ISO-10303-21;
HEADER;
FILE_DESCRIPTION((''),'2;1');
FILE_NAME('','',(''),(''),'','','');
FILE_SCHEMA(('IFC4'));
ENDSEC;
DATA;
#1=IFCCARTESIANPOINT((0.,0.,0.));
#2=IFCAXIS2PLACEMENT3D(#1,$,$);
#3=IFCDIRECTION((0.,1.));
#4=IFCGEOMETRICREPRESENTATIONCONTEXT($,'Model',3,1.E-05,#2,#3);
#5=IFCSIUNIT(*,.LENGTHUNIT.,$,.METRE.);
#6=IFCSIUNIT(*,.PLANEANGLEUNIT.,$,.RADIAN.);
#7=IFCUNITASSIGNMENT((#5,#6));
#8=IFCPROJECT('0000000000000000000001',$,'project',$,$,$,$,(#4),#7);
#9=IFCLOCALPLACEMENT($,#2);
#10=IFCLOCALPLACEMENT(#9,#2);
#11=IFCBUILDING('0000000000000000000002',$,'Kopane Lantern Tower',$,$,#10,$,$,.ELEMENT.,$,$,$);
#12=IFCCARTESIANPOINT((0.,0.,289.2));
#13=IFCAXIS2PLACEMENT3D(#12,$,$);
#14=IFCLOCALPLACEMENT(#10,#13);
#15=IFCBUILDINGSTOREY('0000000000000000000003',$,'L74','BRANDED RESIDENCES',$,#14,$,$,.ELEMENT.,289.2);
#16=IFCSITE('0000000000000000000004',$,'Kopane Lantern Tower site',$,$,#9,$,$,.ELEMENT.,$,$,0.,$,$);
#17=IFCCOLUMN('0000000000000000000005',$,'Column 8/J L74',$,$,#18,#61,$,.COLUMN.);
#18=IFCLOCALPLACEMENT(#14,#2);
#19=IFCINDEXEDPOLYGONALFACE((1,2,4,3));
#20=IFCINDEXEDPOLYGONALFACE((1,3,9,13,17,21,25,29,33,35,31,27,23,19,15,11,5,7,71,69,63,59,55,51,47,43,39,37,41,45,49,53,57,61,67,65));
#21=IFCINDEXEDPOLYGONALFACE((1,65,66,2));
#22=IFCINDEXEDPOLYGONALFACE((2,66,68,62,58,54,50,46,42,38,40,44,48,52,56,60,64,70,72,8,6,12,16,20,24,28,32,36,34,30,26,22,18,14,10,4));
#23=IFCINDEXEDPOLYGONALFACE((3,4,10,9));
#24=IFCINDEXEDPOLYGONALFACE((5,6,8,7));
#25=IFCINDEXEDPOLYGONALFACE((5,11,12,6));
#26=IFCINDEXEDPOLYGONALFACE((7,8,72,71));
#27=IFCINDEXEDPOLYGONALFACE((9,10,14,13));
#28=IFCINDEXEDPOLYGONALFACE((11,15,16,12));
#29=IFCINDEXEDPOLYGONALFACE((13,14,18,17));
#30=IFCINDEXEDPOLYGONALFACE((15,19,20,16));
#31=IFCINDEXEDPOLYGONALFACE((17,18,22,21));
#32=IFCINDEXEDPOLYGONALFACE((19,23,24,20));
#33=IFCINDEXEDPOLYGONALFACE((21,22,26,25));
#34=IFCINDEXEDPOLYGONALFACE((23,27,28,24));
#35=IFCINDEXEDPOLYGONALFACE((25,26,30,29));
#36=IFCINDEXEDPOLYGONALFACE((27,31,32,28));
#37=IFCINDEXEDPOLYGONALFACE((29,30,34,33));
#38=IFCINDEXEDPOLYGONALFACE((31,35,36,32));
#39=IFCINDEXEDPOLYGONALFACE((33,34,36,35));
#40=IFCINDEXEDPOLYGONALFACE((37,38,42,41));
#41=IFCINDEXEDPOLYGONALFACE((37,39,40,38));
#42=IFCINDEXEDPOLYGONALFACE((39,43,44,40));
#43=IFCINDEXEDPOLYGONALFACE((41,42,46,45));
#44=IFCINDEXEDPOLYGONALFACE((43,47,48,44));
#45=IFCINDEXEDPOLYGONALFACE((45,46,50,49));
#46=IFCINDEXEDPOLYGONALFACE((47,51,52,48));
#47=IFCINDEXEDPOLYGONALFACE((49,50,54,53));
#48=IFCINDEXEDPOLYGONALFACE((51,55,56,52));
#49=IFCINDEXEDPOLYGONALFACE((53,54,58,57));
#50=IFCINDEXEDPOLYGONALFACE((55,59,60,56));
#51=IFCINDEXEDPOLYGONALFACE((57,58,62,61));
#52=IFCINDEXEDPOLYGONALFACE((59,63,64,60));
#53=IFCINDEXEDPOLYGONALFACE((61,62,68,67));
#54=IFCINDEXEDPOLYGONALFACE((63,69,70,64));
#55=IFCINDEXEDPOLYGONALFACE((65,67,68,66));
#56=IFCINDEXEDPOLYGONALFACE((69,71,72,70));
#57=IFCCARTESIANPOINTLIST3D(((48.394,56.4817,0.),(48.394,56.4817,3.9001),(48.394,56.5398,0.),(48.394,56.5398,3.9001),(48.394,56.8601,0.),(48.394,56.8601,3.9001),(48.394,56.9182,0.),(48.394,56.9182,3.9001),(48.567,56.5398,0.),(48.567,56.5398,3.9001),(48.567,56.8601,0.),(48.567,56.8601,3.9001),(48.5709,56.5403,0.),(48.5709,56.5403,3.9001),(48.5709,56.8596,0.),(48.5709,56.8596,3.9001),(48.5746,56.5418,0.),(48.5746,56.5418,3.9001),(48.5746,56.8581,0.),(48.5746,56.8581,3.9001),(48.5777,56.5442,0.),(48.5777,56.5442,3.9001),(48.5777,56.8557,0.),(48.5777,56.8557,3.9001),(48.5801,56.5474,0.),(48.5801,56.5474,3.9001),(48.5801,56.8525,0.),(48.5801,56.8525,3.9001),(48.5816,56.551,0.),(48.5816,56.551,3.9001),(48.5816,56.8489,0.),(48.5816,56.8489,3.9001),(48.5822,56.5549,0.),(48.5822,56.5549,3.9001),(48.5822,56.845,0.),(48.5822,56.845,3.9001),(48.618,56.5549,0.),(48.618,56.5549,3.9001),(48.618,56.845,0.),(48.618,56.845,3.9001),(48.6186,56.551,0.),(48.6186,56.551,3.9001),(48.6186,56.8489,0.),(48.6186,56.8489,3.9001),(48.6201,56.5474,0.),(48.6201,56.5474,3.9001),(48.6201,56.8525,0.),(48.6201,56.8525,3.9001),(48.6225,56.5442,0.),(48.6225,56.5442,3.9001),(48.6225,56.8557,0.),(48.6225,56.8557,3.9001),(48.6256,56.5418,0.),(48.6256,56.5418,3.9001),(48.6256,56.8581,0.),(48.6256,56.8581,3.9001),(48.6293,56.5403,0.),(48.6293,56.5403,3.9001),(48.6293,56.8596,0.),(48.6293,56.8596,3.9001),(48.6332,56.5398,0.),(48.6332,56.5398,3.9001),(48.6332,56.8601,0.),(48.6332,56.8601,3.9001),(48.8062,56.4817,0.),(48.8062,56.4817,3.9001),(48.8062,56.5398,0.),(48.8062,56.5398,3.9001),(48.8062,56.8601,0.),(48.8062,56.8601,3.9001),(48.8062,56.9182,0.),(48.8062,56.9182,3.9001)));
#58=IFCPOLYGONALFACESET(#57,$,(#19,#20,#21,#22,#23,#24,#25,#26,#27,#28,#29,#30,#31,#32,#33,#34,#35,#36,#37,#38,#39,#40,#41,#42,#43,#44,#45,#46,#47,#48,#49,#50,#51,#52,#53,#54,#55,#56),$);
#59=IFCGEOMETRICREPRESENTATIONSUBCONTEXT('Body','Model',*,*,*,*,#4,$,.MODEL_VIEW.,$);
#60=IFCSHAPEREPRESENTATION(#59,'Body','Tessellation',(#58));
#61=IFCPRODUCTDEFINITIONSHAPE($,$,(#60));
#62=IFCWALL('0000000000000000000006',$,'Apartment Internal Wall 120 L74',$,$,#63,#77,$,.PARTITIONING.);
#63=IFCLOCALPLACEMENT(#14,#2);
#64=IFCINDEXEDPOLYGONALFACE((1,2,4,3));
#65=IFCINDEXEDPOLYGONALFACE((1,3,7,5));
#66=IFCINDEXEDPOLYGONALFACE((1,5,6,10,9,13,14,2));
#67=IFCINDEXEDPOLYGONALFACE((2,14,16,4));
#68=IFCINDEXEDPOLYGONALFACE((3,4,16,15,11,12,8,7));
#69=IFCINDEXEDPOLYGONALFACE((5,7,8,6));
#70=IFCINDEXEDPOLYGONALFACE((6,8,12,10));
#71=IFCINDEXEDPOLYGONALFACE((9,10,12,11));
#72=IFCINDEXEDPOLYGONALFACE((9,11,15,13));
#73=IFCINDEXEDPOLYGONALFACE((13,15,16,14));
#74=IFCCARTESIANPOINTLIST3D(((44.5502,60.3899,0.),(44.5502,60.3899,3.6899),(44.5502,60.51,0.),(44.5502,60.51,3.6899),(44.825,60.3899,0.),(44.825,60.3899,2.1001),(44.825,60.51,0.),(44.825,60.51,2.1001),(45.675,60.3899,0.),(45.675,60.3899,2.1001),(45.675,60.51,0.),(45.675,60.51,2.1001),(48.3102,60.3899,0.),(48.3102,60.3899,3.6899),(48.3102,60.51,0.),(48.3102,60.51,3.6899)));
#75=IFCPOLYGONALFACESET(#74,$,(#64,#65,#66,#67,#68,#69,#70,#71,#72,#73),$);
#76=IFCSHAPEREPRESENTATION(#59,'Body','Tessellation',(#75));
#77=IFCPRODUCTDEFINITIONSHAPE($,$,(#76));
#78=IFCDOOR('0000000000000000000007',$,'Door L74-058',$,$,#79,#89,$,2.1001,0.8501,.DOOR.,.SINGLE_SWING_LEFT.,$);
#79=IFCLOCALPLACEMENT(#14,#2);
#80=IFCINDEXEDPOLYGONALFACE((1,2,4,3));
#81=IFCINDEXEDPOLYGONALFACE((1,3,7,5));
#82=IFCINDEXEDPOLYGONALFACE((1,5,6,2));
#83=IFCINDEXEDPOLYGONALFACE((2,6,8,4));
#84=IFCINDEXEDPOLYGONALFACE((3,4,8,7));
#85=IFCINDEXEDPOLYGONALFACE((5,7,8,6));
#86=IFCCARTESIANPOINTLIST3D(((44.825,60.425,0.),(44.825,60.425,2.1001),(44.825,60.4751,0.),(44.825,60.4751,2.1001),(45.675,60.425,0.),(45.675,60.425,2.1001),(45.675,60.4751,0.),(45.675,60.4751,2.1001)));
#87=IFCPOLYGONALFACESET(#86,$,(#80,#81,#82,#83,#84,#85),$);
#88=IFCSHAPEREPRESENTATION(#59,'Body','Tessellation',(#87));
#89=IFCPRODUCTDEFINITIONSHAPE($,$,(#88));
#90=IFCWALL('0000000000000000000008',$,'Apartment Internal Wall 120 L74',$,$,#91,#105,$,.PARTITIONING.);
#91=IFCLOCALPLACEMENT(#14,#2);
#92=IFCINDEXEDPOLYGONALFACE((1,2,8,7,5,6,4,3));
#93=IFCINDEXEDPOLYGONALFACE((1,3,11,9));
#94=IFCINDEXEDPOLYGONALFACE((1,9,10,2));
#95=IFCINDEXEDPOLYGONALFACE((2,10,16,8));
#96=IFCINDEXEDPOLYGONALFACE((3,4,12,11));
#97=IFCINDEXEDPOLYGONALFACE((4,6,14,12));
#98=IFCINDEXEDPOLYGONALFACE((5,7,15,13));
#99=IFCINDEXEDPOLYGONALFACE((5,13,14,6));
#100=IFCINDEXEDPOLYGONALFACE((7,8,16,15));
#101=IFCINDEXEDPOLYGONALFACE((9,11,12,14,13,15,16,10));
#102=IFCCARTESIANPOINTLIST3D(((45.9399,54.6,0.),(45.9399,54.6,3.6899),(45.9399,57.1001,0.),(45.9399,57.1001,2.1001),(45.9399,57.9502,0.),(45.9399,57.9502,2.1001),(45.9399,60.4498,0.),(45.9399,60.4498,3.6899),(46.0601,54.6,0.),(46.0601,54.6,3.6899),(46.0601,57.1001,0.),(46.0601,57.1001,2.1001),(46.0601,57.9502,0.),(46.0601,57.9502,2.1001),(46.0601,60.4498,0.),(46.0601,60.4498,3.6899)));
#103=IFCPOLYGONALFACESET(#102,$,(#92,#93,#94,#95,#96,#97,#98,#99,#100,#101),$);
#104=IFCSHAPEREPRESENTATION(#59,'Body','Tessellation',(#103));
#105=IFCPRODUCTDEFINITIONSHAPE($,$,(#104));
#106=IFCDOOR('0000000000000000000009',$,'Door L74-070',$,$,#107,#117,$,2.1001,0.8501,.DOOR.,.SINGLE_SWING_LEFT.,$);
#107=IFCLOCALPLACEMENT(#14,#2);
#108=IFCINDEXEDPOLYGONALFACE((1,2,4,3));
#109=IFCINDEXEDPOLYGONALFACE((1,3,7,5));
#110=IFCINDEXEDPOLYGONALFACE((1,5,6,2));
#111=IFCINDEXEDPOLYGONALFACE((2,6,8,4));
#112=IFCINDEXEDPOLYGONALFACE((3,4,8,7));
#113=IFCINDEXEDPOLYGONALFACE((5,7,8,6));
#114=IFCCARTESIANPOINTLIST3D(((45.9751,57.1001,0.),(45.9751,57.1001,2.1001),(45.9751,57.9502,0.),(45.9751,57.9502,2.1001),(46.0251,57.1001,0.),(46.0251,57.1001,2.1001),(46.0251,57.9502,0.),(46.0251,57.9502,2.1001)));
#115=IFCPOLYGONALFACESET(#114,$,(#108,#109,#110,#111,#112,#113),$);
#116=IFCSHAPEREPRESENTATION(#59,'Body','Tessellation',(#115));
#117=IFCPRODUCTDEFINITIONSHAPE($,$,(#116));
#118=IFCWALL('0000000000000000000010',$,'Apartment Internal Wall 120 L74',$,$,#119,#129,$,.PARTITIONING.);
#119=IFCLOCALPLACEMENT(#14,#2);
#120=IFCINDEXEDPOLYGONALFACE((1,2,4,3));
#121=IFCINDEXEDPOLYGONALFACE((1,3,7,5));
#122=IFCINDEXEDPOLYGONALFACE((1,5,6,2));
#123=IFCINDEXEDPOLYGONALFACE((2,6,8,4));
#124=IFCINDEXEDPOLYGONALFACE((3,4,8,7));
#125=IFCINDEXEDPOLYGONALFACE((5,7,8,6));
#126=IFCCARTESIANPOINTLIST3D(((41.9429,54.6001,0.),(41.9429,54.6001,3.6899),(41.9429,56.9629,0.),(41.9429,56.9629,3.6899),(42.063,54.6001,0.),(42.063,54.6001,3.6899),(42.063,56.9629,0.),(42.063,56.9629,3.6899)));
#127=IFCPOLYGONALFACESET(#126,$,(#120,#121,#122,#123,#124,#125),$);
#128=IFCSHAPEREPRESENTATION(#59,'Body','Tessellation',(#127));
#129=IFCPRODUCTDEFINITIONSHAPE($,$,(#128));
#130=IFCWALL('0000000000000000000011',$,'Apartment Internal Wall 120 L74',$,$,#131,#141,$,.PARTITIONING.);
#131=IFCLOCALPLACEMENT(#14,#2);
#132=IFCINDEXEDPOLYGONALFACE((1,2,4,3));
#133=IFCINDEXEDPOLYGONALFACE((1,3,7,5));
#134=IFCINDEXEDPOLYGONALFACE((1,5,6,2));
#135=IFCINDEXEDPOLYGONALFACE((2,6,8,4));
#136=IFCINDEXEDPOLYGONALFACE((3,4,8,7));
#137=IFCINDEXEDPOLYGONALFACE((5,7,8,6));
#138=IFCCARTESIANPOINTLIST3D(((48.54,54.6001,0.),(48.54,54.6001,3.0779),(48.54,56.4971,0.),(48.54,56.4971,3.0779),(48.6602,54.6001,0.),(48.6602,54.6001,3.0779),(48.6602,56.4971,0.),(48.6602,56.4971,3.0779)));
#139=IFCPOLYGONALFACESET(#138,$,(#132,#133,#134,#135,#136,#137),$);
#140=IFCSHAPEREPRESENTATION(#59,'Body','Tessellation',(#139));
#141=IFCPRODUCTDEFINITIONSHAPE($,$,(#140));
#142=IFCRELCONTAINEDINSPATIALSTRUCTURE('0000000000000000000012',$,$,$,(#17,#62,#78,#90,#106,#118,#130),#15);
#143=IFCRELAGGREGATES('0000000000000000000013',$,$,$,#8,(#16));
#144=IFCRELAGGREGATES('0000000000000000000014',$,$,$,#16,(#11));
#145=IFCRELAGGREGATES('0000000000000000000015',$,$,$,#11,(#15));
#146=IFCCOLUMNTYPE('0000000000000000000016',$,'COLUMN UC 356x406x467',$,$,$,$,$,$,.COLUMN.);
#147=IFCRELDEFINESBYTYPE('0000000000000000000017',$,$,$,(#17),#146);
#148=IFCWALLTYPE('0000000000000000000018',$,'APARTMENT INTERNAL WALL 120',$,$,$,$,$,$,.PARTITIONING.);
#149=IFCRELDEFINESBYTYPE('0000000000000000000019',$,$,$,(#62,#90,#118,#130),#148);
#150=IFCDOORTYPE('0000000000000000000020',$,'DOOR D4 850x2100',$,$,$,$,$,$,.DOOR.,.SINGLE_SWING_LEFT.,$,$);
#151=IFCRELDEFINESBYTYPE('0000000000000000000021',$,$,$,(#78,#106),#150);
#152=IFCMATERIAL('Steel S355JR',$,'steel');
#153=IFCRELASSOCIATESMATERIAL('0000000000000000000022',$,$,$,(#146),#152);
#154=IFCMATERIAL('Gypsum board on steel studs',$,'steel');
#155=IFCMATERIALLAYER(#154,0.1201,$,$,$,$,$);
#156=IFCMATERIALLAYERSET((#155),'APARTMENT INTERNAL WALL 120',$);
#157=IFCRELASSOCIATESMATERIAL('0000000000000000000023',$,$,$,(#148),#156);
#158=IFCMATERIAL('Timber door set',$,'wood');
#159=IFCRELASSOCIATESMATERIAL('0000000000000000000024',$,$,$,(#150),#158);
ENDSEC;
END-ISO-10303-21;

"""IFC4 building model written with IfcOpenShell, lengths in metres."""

from ifc_helpers import new_model, si_unit, direction, frame, frame_2d, origin, origin_2d, place, context, subcontext, project, spatial, rectangle, i_section, extrude, material, layer, layer_set, material_profile, profile_set, type_object, element, fill, save


model = new_model("IFC4")

# Units and contexts
model_context = context("Model", 3, precision=1e-05, world=origin(), true_north=direction((0.0, 1.0)))
body_context = subcontext(model_context, "Body", "Model", "MODEL_VIEW")
ifc_project = project(units=[si_unit("LENGTHUNIT", "METRE"), si_unit("PLANEANGLEUNIT", "RADIAN")], contexts=[model_context])

# Site, building, storey
site_placement = place(None, origin())
site = spatial("IfcSite", under=ifc_project, at=site_placement, Name="Kopane Lantern Tower site", CompositionType="ELEMENT", RefElevation=0.0)
building_placement = place(site_placement, origin())
building = spatial("IfcBuilding", under=site, at=building_placement, Name="Kopane Lantern Tower", CompositionType="ELEMENT")
storey_placement = place(building_placement, frame((0.0, 0.0, 289.2)))
storey = spatial("IfcBuildingStorey", under=building, at=storey_placement, Name="L74", Description="BRANDED RESIDENCES", CompositionType="ELEMENT", Elevation=289.2)

# Column
ifc_material_1 = material(Name="Steel S355JR", Category="steel")
ifc_material_profile = material_profile(ifc_material_1, i_section(OverallWidth=0.4121, OverallDepth=0.4365, WebThickness=0.0359, FlangeThickness=0.0581, FilletRadius=0.0151, at=origin_2d()), Name="UC 356x406x467")
ifc_profile_set = profile_set([ifc_material_profile], Name="Steel S355JR")
column_type = type_object("IfcColumnType", Name="COLUMN UC 356x406x467", PredefinedType="COLUMN", material=ifc_profile_set)
column_placement = place(storey_placement, frame((48.6001, 56.7, 0.0), z_axis=(0.0, 0.0, 1.0), x_axis=(1.0, 0.0, 0.0)))
element("IfcColumn", 1, at=column_placement, inside=storey, type_object=column_type, Name="Column 8/J L74", PredefinedType="COLUMN", context=body_context, shape_type="SweptSolid", body=[
    extrude(i_section(OverallWidth=0.4121, OverallDepth=0.4365, WebThickness=0.0359, FlangeThickness=0.0581, FilletRadius=0.0151, at=origin_2d()), origin(), (0.0, 0.0, 1.0), 3.9001),
])

# Walls, openings, doors
ifc_material_2 = material(Name="Gypsum board on steel studs", Category="steel")
ifc_layer = layer(ifc_material_2, 0.1201)
ifc_layer_set = layer_set([ifc_layer], Name="APARTMENT INTERNAL WALL 120")
wall_type = type_object("IfcWallType", Name="APARTMENT INTERNAL WALL 120", PredefinedType="PARTITIONING", material=ifc_layer_set)
wall_1_placement = place(storey_placement, frame((48.3101, 60.45, 0.0), z_axis=(0.0, 0.0, 1.0), x_axis=(-1.0, 0.0, 0.0)))
wall_1 = element("IfcWall", 2, at=wall_1_placement, inside=storey, type_object=wall_type, Name="Apartment Internal Wall 120 L74", PredefinedType="PARTITIONING", context=body_context, shape_type="SweptSolid", body=[
    extrude(rectangle(XDim=3.76, YDim=0.1201, at=frame_2d((1.8799, 0.0))), origin(), (0.0, 0.0, 1.0), 3.6899),
])
opening_1_placement = place(wall_1_placement, frame((2.635, 0.0, 0.0)))
opening_1 = element("IfcOpeningElement", 3, at=opening_1_placement, cuts=wall_1, PredefinedType="OPENING", context=body_context, shape_type="SweptSolid", body=[
    extrude(rectangle(XDim=0.8501, YDim=2.1001, at=frame_2d((0.425, 1.05))), frame((0.0, 0.0701, 0.0), z_axis=(0.0, -1.0, 0.0), x_axis=(1.0, 0.0, 0.0)), (0.0, 0.0, 1.0), 0.1401),
])
ifc_material_3 = material(Name="Timber door set", Category="wood")
door_type = type_object("IfcDoorType", Name="DOOR D4 850x2100", OperationType="SINGLE_SWING_LEFT", PredefinedType="DOOR", material=ifc_material_3)
door_1_placement = place(opening_1_placement, origin())
door_1 = element("IfcDoor", 4, at=door_1_placement, inside=storey, type_object=door_type, Name="Door L74-058", OperationType="SINGLE_SWING_LEFT", OverallHeight=2.1001, OverallWidth=0.8501, PredefinedType="DOOR", context=body_context, shape_type="SweptSolid", body=[
    extrude(rectangle(XDim=0.8501, YDim=2.1001, at=frame_2d((0.425, 1.05))), frame((0.0, 0.0249, 0.0), z_axis=(0.0, -1.0, 0.0), x_axis=(1.0, 0.0, 0.0)), (0.0, 0.0, 1.0), 0.05),
])
fill(opening_1, door_1)
wall_2_placement = place(storey_placement, frame((46.0, 54.6001, 0.0), z_axis=(0.0, 0.0, 1.0), x_axis=(0.0, 1.0, 0.0)))
wall_2 = element("IfcWall", 5, at=wall_2_placement, inside=storey, type_object=wall_type, Name="Apartment Internal Wall 120 L74", PredefinedType="PARTITIONING", context=body_context, shape_type="SweptSolid", body=[
    extrude(rectangle(XDim=5.8499, YDim=0.1201, at=frame_2d((2.9248, 0.0))), origin(), (0.0, 0.0, 1.0), 3.6899),
])
opening_2_placement = place(wall_2_placement, frame((2.5, 0.0, 0.0)))
opening_2 = element("IfcOpeningElement", 6, at=opening_2_placement, cuts=wall_2, PredefinedType="OPENING", context=body_context, shape_type="SweptSolid", body=[
    extrude(rectangle(XDim=0.8501, YDim=2.1001, at=frame_2d((0.425, 1.05))), frame((0.0, 0.0701, 0.0), z_axis=(0.0, -1.0, 0.0), x_axis=(1.0, 0.0, 0.0)), (0.0, 0.0, 1.0), 0.1401),
])
door_2_placement = place(opening_2_placement, origin())
door_2 = element("IfcDoor", 7, at=door_2_placement, inside=storey, type_object=door_type, Name="Door L74-070", OperationType="SINGLE_SWING_LEFT", OverallHeight=2.1001, OverallWidth=0.8501, PredefinedType="DOOR", context=body_context, shape_type="SweptSolid", body=[
    extrude(rectangle(XDim=0.8501, YDim=2.1001, at=frame_2d((0.425, 1.05))), frame((0.0, 0.0249, 0.0), z_axis=(0.0, -1.0, 0.0), x_axis=(1.0, 0.0, 0.0)), (0.0, 0.0, 1.0), 0.05),
])
fill(opening_2, door_2)

# Walls
wall_3_placement = place(storey_placement, frame((42.0029, 54.6001, 0.0), z_axis=(0.0, 0.0, 1.0), x_axis=(0.0, 1.0, 0.0)))
element("IfcWall", 8, at=wall_3_placement, inside=storey, type_object=wall_type, Name="Apartment Internal Wall 120 L74", PredefinedType="PARTITIONING", context=body_context, shape_type="SweptSolid", body=[
    extrude(rectangle(XDim=2.3628, YDim=0.1201, at=frame_2d((1.1814, 0.0))), origin(), (0.0, 0.0, 1.0), 3.6899),
])
wall_4_placement = place(storey_placement, frame((48.6001, 54.6001, 0.0), z_axis=(0.0, 0.0, 1.0), x_axis=(0.0, 1.0, 0.0)))
element("IfcWall", 9, at=wall_4_placement, inside=storey, type_object=wall_type, Name="Apartment Internal Wall 120 L74", PredefinedType="PARTITIONING", context=body_context, shape_type="SweptSolid", body=[
    extrude(rectangle(XDim=1.897, YDim=0.1201, at=frame_2d((0.9485, 0.0))), origin(), (0.0, 0.0, 1.0), 3.0779),
])

save(model, "model.ifc")
